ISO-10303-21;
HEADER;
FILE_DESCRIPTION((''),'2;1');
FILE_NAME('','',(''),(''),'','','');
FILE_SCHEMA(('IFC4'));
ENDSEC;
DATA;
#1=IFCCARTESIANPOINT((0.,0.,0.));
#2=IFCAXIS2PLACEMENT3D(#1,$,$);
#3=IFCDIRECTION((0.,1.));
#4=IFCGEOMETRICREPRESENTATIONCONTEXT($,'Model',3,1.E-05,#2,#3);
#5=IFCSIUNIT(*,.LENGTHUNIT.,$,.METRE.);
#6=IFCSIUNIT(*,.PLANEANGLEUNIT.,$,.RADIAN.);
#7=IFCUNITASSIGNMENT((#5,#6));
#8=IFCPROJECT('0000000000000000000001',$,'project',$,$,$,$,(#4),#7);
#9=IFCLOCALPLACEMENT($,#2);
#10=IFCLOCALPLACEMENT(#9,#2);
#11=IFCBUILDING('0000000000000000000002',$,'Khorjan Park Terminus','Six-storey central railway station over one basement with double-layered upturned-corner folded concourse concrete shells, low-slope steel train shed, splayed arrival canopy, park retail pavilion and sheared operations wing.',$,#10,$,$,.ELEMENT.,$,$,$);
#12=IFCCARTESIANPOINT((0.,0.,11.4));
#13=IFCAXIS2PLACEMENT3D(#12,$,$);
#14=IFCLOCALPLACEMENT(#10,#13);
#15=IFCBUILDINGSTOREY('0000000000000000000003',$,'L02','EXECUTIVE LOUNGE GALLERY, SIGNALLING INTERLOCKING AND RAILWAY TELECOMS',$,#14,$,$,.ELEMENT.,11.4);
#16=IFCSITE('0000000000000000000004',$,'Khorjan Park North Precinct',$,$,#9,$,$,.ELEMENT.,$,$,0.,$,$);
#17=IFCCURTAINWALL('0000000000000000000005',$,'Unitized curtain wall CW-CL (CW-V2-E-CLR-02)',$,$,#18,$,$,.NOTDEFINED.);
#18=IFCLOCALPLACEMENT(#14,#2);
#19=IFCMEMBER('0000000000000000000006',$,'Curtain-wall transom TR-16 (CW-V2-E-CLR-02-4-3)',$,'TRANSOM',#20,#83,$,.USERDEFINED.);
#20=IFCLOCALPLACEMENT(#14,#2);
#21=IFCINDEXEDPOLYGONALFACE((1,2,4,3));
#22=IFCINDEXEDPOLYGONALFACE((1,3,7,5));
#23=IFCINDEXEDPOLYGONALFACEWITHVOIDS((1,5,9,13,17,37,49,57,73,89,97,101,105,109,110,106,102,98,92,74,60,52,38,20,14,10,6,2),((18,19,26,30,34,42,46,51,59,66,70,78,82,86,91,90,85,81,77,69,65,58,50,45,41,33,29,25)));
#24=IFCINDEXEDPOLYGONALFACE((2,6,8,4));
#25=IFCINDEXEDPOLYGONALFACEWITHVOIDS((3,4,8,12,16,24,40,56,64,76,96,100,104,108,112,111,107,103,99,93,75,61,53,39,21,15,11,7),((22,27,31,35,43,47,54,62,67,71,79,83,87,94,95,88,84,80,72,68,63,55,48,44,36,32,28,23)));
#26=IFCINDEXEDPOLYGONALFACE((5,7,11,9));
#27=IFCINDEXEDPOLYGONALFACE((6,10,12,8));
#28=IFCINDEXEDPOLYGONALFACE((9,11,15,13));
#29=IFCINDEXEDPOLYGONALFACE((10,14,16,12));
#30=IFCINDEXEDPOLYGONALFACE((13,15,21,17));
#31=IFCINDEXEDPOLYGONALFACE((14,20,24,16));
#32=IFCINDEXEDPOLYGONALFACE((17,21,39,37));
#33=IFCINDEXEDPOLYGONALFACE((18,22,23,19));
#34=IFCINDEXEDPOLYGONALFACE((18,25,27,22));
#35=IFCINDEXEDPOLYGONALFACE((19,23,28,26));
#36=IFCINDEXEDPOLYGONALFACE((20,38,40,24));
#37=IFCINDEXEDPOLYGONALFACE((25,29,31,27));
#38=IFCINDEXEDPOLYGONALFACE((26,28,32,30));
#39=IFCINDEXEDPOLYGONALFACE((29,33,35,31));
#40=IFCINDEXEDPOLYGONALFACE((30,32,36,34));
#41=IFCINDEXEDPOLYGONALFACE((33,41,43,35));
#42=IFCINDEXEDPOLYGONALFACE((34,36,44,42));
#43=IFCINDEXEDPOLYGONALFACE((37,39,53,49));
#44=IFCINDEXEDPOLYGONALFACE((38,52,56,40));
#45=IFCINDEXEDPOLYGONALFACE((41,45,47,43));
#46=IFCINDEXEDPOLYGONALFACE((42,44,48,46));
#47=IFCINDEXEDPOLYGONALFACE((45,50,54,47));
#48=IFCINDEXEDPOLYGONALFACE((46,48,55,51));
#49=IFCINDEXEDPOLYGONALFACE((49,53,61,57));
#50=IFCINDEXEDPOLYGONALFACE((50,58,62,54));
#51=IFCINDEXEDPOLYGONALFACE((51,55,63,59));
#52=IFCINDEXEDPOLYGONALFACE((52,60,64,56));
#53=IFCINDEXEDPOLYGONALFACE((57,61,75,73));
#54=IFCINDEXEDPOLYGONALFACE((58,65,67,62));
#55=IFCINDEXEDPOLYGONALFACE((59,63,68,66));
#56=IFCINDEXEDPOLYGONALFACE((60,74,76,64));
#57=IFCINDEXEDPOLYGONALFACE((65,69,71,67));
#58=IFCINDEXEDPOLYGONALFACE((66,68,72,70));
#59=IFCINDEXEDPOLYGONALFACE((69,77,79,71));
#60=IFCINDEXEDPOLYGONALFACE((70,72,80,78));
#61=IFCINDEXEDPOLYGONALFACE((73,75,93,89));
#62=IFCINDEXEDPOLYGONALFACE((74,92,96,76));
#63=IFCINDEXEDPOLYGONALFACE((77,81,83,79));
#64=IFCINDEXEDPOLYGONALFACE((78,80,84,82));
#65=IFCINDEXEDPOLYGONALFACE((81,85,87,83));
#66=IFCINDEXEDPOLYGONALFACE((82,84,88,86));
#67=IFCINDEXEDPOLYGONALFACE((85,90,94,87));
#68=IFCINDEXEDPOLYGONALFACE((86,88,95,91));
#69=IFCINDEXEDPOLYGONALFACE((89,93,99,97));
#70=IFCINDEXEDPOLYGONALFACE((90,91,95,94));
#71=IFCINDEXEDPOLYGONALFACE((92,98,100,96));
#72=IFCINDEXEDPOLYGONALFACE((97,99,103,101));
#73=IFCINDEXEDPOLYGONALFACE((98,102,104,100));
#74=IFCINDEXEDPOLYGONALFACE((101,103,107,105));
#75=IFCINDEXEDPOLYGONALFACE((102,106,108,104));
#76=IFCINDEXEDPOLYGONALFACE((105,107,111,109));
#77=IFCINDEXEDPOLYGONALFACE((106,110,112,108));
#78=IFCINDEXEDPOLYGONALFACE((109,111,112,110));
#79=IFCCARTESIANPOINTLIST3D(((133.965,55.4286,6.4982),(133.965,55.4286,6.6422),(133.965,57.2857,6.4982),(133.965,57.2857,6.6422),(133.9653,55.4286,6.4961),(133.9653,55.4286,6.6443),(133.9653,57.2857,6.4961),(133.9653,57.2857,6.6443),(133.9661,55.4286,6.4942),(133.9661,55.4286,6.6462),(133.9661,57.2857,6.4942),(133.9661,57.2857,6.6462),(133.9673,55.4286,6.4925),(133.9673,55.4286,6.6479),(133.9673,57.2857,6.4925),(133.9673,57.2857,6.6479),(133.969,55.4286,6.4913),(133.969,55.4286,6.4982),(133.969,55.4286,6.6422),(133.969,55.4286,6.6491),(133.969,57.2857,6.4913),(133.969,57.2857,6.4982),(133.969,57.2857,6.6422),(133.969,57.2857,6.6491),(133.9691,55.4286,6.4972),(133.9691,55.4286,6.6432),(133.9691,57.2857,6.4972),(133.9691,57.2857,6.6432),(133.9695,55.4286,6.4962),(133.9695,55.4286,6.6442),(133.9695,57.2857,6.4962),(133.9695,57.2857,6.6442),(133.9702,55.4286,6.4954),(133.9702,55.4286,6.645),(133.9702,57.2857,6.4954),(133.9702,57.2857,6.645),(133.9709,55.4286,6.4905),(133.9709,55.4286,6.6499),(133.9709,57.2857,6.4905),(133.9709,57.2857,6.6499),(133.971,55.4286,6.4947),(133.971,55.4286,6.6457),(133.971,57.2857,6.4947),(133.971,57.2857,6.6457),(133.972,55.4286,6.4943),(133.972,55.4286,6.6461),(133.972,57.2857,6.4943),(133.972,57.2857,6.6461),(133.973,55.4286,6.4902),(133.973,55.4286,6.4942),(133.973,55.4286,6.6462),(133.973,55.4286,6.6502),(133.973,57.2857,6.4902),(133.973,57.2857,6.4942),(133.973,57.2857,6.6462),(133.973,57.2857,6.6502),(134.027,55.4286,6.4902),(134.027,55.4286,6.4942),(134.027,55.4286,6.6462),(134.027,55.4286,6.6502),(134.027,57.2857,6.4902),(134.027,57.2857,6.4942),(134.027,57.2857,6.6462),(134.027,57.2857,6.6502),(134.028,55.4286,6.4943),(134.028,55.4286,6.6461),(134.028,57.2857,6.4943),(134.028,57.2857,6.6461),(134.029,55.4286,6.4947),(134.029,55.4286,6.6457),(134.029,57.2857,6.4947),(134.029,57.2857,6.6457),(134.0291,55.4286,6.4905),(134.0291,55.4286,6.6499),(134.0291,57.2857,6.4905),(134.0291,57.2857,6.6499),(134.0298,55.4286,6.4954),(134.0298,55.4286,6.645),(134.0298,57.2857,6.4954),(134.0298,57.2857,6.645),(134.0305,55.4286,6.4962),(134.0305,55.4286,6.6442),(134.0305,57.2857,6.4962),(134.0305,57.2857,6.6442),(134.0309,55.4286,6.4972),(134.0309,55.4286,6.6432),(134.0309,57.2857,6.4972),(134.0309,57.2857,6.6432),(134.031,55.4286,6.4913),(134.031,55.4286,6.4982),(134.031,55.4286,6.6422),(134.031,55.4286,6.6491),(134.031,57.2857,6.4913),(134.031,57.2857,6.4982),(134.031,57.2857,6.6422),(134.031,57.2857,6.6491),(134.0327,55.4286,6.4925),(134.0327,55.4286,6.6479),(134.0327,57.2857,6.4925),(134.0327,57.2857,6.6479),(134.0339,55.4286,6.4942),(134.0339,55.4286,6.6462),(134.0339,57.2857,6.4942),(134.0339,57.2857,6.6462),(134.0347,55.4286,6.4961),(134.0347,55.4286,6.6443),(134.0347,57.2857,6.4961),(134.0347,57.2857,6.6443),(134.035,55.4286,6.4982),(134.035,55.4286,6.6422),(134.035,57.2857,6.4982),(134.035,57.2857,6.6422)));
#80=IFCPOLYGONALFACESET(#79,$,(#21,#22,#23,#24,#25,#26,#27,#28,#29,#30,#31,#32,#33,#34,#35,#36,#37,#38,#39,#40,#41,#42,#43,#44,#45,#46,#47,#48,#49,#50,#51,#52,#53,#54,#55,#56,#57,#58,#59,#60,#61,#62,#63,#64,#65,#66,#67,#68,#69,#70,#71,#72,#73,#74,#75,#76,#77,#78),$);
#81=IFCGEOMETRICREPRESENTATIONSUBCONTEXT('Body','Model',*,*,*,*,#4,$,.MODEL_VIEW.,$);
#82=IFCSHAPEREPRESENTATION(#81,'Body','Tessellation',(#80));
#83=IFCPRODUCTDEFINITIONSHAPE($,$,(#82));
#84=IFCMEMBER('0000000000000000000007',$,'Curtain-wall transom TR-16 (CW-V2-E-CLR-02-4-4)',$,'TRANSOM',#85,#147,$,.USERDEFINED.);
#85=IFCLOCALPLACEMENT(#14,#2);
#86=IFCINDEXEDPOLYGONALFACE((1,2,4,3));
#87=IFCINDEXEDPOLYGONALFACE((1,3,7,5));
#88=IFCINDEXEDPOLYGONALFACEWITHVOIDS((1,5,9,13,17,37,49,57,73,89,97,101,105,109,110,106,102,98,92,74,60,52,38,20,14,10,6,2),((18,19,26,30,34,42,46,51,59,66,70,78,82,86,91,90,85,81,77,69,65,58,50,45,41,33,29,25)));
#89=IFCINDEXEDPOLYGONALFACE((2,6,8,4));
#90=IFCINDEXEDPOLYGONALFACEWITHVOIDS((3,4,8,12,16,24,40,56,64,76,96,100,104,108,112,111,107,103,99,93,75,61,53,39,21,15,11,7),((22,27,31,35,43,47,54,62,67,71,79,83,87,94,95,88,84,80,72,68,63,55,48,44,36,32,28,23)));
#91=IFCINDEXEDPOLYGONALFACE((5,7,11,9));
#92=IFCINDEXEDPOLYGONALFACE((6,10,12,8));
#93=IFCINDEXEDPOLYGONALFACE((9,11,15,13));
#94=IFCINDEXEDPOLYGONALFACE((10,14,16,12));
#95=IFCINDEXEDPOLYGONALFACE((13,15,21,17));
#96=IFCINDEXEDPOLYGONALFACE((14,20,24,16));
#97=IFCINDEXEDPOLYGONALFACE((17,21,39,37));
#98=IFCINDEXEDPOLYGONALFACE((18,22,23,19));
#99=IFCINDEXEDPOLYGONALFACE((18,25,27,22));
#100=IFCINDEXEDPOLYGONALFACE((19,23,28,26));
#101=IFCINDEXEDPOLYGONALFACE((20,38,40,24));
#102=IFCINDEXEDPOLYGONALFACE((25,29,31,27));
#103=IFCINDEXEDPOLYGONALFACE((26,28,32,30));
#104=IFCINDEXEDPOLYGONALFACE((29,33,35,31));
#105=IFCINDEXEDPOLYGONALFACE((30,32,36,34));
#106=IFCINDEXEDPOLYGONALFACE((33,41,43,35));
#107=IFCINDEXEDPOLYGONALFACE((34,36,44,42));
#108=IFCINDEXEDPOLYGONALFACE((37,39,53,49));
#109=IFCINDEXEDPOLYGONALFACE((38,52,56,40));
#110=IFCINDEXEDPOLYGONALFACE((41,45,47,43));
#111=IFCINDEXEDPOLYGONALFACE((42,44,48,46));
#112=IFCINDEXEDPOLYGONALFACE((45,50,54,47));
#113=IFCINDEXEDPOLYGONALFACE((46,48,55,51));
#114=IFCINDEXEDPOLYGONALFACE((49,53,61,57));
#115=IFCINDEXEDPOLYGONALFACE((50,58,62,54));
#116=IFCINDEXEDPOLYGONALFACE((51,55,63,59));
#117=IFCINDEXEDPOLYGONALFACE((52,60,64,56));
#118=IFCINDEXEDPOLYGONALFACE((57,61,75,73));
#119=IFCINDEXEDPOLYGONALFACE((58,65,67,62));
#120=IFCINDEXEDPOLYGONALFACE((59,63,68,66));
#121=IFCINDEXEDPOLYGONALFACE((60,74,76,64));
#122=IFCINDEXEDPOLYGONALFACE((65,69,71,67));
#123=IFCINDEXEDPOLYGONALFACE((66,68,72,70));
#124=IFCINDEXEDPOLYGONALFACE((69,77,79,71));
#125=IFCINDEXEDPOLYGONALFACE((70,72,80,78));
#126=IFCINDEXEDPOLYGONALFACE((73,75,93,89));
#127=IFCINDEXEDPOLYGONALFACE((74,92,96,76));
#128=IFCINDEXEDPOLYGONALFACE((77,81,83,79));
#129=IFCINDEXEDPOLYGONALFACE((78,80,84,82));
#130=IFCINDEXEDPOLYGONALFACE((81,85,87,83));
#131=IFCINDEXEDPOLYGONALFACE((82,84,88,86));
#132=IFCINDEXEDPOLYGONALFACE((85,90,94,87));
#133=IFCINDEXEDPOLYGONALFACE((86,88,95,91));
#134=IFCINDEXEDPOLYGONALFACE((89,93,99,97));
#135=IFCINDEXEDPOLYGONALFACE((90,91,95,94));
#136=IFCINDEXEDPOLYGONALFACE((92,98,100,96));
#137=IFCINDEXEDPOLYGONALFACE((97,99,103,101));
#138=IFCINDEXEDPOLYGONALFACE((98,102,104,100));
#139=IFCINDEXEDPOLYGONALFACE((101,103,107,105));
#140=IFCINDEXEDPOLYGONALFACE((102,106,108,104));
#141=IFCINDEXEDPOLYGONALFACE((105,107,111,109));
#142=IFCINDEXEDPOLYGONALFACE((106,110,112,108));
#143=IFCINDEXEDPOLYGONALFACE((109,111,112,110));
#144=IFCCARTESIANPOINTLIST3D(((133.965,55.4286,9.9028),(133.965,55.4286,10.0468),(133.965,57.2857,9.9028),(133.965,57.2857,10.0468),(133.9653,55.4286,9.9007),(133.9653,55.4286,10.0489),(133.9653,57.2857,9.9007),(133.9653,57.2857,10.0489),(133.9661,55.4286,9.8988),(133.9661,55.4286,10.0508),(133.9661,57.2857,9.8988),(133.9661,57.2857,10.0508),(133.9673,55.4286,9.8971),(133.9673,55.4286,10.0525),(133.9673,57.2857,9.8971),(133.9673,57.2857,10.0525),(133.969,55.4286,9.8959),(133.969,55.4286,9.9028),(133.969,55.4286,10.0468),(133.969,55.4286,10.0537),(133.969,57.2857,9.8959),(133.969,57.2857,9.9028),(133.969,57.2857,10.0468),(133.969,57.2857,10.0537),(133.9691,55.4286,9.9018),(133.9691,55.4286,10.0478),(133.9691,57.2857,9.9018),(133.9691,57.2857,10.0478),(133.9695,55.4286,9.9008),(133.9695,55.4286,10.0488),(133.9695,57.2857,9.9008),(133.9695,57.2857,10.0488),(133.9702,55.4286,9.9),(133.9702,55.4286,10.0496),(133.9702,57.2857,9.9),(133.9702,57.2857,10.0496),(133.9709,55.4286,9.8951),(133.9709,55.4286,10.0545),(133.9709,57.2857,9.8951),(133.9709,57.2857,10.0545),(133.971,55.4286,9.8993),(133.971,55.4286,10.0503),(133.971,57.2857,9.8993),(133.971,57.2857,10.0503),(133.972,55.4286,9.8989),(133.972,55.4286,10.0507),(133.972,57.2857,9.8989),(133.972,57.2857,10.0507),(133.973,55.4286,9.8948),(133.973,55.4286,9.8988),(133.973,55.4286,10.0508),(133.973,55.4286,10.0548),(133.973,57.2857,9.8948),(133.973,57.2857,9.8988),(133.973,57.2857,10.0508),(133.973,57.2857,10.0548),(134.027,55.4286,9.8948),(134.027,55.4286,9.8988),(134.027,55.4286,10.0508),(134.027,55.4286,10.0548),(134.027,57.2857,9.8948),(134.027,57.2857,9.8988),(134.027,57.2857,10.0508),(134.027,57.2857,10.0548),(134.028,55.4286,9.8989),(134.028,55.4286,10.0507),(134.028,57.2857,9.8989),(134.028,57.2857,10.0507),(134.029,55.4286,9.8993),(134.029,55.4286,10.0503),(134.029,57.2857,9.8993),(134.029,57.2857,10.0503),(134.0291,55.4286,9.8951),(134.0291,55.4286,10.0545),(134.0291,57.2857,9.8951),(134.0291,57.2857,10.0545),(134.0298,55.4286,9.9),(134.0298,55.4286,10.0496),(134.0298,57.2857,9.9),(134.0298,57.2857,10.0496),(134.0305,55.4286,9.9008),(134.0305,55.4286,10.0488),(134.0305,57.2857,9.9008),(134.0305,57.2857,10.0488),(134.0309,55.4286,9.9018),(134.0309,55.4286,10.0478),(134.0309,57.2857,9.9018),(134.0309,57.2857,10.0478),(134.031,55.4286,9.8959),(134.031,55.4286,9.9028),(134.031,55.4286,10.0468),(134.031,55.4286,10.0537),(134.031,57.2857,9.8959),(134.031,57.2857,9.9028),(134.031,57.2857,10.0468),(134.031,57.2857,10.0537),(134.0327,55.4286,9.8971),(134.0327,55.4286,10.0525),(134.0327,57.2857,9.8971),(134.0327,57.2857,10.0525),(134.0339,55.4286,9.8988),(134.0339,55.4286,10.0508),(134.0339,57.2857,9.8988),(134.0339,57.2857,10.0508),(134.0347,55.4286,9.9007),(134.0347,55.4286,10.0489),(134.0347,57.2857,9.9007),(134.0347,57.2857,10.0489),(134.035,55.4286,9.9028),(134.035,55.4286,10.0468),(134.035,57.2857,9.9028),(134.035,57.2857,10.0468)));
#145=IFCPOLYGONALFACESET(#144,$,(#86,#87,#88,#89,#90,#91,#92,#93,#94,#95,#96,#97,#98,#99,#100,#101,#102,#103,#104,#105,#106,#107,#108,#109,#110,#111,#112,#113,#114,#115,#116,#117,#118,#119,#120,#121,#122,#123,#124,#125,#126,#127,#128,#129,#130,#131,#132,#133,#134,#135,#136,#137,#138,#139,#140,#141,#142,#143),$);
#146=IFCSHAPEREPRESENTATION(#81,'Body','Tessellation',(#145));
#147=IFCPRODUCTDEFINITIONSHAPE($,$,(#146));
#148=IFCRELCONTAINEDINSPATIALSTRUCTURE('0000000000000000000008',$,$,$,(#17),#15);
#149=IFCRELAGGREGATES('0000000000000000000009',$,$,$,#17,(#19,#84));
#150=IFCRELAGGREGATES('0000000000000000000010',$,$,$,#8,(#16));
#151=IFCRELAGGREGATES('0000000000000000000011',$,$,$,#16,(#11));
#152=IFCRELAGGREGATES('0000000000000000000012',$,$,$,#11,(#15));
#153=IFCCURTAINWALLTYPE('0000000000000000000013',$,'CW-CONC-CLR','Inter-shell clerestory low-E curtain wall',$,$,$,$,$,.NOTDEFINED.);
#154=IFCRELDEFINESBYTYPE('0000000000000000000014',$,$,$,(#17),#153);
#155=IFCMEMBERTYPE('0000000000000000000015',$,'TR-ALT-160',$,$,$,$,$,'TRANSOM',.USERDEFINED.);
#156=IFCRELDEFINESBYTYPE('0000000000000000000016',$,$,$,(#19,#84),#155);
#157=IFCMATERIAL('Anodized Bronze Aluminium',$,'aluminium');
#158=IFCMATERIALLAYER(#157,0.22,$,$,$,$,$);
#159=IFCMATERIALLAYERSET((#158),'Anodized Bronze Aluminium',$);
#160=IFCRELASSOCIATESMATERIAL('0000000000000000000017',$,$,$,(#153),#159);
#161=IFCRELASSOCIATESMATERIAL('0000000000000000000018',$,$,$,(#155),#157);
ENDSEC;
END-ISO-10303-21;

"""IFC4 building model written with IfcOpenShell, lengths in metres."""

from ifc_helpers import new_model, si_unit, direction, frame, origin, origin_2d, place, context, subcontext, project, spatial, hollow_rectangle, extrude, material, layer, layer_set, material_profile, profile_set, type_object, element, aggregate, save


model = new_model("IFC4")

# Units and contexts
model_context = context("Model", 3, precision=1e-05, world=origin(), true_north=direction((0.0, 1.0)))
body_context = subcontext(model_context, "Body", "Model", "MODEL_VIEW")
ifc_project = project(units=[si_unit("LENGTHUNIT", "METRE"), si_unit("PLANEANGLEUNIT", "RADIAN")], contexts=[model_context])

# Site, building, storey
site_placement = place(None, origin())
site = spatial("IfcSite", under=ifc_project, at=site_placement, Name="Khorjan Park North Precinct", CompositionType="ELEMENT", RefElevation=0.0)
building_placement = place(site_placement, origin())
building = spatial("IfcBuilding", under=site, at=building_placement, Name="Khorjan Park Terminus", Description="Six-storey central railway station over one basement with double-layered upturned-corner folded concourse concrete shells, low-slope steel train shed, splayed arrival canopy, park retail pavilion and sheared operations wing.", CompositionType="ELEMENT")
storey_placement = place(building_placement, frame((0.0, 0.0, 11.4)))
storey = spatial("IfcBuildingStorey", under=building, at=storey_placement, Name="L02", Description="EXECUTIVE LOUNGE GALLERY, SIGNALLING INTERLOCKING AND RAILWAY TELECOMS", CompositionType="ELEMENT", Elevation=11.4)

# Curtain wall, members
ifc_material_1 = material(Name="Anodized Bronze Aluminium", Category="aluminium")
ifc_layer_1 = layer(ifc_material_1, 0.22)
ifc_layer_set_1 = layer_set([ifc_layer_1], Name="Anodized Bronze Aluminium")
curtain_wall_type = type_object("IfcCurtainWallType", Name="CW-CONC-CLR", Description="Inter-shell clerestory low-E curtain wall", PredefinedType="NOTDEFINED", material=ifc_layer_set_1)
curtain_wall_placement = place(storey_placement, origin())
curtain_wall = element("IfcCurtainWall", 1, at=curtain_wall_placement, inside=storey, type_object=curtain_wall_type, Name="Unitized curtain wall CW-CL (CW-V2-E-CLR-02)", PredefinedType="NOTDEFINED")
ifc_material_profile_1 = material_profile(ifc_material_1, hollow_rectangle(XDim=0.07, YDim=0.16, WallThickness=0.004, InnerFilletRadius=0.004, OuterFilletRadius=0.008, at=origin_2d()), Name="ALT 70x160x4")
ifc_profile_set_1 = profile_set([ifc_material_profile_1], Name="Anodized Bronze Aluminium")
member_type_1 = type_object("IfcMemberType", Name="TR-ALT-160", ElementType="TRANSOM", PredefinedType="USERDEFINED", material=ifc_profile_set_1)
member_1_placement = place(storey_placement, frame((134.0, 55.4286, 6.5702), z_axis=(0.0, 1.0, 0.0), x_axis=(-1.0, 0.0, 0.0)))
member_1 = element("IfcMember", 2, at=member_1_placement, type_object=member_type_1, Name="Curtain-wall transom TR-16 (CW-V2-E-CLR-02-4-3)", ObjectType="TRANSOM", PredefinedType="USERDEFINED", context=body_context, shape_type="SweptSolid", body=[
    extrude(hollow_rectangle(XDim=0.07, YDim=0.16, WallThickness=0.004, InnerFilletRadius=0.004, OuterFilletRadius=0.008, at=origin_2d()), origin(), (0.0, 0.0, 1.0), 1.8571),
])
member_2_placement = place(storey_placement, frame((134.0, 55.4286, 9.9748), z_axis=(0.0, 1.0, 0.0), x_axis=(-1.0, 0.0, 0.0)))
member_2 = element("IfcMember", 3, at=member_2_placement, type_object=member_type_1, Name="Curtain-wall transom TR-16 (CW-V2-E-CLR-02-4-4)", ObjectType="TRANSOM", PredefinedType="USERDEFINED", context=body_context, shape_type="SweptSolid", body=[
    extrude(hollow_rectangle(XDim=0.07, YDim=0.16, WallThickness=0.004, InnerFilletRadius=0.004, OuterFilletRadius=0.008, at=origin_2d()), origin(), (0.0, 0.0, 1.0), 1.8571),
])
aggregate(curtain_wall, [member_1, member_2])

save(model, "model.ifc")
